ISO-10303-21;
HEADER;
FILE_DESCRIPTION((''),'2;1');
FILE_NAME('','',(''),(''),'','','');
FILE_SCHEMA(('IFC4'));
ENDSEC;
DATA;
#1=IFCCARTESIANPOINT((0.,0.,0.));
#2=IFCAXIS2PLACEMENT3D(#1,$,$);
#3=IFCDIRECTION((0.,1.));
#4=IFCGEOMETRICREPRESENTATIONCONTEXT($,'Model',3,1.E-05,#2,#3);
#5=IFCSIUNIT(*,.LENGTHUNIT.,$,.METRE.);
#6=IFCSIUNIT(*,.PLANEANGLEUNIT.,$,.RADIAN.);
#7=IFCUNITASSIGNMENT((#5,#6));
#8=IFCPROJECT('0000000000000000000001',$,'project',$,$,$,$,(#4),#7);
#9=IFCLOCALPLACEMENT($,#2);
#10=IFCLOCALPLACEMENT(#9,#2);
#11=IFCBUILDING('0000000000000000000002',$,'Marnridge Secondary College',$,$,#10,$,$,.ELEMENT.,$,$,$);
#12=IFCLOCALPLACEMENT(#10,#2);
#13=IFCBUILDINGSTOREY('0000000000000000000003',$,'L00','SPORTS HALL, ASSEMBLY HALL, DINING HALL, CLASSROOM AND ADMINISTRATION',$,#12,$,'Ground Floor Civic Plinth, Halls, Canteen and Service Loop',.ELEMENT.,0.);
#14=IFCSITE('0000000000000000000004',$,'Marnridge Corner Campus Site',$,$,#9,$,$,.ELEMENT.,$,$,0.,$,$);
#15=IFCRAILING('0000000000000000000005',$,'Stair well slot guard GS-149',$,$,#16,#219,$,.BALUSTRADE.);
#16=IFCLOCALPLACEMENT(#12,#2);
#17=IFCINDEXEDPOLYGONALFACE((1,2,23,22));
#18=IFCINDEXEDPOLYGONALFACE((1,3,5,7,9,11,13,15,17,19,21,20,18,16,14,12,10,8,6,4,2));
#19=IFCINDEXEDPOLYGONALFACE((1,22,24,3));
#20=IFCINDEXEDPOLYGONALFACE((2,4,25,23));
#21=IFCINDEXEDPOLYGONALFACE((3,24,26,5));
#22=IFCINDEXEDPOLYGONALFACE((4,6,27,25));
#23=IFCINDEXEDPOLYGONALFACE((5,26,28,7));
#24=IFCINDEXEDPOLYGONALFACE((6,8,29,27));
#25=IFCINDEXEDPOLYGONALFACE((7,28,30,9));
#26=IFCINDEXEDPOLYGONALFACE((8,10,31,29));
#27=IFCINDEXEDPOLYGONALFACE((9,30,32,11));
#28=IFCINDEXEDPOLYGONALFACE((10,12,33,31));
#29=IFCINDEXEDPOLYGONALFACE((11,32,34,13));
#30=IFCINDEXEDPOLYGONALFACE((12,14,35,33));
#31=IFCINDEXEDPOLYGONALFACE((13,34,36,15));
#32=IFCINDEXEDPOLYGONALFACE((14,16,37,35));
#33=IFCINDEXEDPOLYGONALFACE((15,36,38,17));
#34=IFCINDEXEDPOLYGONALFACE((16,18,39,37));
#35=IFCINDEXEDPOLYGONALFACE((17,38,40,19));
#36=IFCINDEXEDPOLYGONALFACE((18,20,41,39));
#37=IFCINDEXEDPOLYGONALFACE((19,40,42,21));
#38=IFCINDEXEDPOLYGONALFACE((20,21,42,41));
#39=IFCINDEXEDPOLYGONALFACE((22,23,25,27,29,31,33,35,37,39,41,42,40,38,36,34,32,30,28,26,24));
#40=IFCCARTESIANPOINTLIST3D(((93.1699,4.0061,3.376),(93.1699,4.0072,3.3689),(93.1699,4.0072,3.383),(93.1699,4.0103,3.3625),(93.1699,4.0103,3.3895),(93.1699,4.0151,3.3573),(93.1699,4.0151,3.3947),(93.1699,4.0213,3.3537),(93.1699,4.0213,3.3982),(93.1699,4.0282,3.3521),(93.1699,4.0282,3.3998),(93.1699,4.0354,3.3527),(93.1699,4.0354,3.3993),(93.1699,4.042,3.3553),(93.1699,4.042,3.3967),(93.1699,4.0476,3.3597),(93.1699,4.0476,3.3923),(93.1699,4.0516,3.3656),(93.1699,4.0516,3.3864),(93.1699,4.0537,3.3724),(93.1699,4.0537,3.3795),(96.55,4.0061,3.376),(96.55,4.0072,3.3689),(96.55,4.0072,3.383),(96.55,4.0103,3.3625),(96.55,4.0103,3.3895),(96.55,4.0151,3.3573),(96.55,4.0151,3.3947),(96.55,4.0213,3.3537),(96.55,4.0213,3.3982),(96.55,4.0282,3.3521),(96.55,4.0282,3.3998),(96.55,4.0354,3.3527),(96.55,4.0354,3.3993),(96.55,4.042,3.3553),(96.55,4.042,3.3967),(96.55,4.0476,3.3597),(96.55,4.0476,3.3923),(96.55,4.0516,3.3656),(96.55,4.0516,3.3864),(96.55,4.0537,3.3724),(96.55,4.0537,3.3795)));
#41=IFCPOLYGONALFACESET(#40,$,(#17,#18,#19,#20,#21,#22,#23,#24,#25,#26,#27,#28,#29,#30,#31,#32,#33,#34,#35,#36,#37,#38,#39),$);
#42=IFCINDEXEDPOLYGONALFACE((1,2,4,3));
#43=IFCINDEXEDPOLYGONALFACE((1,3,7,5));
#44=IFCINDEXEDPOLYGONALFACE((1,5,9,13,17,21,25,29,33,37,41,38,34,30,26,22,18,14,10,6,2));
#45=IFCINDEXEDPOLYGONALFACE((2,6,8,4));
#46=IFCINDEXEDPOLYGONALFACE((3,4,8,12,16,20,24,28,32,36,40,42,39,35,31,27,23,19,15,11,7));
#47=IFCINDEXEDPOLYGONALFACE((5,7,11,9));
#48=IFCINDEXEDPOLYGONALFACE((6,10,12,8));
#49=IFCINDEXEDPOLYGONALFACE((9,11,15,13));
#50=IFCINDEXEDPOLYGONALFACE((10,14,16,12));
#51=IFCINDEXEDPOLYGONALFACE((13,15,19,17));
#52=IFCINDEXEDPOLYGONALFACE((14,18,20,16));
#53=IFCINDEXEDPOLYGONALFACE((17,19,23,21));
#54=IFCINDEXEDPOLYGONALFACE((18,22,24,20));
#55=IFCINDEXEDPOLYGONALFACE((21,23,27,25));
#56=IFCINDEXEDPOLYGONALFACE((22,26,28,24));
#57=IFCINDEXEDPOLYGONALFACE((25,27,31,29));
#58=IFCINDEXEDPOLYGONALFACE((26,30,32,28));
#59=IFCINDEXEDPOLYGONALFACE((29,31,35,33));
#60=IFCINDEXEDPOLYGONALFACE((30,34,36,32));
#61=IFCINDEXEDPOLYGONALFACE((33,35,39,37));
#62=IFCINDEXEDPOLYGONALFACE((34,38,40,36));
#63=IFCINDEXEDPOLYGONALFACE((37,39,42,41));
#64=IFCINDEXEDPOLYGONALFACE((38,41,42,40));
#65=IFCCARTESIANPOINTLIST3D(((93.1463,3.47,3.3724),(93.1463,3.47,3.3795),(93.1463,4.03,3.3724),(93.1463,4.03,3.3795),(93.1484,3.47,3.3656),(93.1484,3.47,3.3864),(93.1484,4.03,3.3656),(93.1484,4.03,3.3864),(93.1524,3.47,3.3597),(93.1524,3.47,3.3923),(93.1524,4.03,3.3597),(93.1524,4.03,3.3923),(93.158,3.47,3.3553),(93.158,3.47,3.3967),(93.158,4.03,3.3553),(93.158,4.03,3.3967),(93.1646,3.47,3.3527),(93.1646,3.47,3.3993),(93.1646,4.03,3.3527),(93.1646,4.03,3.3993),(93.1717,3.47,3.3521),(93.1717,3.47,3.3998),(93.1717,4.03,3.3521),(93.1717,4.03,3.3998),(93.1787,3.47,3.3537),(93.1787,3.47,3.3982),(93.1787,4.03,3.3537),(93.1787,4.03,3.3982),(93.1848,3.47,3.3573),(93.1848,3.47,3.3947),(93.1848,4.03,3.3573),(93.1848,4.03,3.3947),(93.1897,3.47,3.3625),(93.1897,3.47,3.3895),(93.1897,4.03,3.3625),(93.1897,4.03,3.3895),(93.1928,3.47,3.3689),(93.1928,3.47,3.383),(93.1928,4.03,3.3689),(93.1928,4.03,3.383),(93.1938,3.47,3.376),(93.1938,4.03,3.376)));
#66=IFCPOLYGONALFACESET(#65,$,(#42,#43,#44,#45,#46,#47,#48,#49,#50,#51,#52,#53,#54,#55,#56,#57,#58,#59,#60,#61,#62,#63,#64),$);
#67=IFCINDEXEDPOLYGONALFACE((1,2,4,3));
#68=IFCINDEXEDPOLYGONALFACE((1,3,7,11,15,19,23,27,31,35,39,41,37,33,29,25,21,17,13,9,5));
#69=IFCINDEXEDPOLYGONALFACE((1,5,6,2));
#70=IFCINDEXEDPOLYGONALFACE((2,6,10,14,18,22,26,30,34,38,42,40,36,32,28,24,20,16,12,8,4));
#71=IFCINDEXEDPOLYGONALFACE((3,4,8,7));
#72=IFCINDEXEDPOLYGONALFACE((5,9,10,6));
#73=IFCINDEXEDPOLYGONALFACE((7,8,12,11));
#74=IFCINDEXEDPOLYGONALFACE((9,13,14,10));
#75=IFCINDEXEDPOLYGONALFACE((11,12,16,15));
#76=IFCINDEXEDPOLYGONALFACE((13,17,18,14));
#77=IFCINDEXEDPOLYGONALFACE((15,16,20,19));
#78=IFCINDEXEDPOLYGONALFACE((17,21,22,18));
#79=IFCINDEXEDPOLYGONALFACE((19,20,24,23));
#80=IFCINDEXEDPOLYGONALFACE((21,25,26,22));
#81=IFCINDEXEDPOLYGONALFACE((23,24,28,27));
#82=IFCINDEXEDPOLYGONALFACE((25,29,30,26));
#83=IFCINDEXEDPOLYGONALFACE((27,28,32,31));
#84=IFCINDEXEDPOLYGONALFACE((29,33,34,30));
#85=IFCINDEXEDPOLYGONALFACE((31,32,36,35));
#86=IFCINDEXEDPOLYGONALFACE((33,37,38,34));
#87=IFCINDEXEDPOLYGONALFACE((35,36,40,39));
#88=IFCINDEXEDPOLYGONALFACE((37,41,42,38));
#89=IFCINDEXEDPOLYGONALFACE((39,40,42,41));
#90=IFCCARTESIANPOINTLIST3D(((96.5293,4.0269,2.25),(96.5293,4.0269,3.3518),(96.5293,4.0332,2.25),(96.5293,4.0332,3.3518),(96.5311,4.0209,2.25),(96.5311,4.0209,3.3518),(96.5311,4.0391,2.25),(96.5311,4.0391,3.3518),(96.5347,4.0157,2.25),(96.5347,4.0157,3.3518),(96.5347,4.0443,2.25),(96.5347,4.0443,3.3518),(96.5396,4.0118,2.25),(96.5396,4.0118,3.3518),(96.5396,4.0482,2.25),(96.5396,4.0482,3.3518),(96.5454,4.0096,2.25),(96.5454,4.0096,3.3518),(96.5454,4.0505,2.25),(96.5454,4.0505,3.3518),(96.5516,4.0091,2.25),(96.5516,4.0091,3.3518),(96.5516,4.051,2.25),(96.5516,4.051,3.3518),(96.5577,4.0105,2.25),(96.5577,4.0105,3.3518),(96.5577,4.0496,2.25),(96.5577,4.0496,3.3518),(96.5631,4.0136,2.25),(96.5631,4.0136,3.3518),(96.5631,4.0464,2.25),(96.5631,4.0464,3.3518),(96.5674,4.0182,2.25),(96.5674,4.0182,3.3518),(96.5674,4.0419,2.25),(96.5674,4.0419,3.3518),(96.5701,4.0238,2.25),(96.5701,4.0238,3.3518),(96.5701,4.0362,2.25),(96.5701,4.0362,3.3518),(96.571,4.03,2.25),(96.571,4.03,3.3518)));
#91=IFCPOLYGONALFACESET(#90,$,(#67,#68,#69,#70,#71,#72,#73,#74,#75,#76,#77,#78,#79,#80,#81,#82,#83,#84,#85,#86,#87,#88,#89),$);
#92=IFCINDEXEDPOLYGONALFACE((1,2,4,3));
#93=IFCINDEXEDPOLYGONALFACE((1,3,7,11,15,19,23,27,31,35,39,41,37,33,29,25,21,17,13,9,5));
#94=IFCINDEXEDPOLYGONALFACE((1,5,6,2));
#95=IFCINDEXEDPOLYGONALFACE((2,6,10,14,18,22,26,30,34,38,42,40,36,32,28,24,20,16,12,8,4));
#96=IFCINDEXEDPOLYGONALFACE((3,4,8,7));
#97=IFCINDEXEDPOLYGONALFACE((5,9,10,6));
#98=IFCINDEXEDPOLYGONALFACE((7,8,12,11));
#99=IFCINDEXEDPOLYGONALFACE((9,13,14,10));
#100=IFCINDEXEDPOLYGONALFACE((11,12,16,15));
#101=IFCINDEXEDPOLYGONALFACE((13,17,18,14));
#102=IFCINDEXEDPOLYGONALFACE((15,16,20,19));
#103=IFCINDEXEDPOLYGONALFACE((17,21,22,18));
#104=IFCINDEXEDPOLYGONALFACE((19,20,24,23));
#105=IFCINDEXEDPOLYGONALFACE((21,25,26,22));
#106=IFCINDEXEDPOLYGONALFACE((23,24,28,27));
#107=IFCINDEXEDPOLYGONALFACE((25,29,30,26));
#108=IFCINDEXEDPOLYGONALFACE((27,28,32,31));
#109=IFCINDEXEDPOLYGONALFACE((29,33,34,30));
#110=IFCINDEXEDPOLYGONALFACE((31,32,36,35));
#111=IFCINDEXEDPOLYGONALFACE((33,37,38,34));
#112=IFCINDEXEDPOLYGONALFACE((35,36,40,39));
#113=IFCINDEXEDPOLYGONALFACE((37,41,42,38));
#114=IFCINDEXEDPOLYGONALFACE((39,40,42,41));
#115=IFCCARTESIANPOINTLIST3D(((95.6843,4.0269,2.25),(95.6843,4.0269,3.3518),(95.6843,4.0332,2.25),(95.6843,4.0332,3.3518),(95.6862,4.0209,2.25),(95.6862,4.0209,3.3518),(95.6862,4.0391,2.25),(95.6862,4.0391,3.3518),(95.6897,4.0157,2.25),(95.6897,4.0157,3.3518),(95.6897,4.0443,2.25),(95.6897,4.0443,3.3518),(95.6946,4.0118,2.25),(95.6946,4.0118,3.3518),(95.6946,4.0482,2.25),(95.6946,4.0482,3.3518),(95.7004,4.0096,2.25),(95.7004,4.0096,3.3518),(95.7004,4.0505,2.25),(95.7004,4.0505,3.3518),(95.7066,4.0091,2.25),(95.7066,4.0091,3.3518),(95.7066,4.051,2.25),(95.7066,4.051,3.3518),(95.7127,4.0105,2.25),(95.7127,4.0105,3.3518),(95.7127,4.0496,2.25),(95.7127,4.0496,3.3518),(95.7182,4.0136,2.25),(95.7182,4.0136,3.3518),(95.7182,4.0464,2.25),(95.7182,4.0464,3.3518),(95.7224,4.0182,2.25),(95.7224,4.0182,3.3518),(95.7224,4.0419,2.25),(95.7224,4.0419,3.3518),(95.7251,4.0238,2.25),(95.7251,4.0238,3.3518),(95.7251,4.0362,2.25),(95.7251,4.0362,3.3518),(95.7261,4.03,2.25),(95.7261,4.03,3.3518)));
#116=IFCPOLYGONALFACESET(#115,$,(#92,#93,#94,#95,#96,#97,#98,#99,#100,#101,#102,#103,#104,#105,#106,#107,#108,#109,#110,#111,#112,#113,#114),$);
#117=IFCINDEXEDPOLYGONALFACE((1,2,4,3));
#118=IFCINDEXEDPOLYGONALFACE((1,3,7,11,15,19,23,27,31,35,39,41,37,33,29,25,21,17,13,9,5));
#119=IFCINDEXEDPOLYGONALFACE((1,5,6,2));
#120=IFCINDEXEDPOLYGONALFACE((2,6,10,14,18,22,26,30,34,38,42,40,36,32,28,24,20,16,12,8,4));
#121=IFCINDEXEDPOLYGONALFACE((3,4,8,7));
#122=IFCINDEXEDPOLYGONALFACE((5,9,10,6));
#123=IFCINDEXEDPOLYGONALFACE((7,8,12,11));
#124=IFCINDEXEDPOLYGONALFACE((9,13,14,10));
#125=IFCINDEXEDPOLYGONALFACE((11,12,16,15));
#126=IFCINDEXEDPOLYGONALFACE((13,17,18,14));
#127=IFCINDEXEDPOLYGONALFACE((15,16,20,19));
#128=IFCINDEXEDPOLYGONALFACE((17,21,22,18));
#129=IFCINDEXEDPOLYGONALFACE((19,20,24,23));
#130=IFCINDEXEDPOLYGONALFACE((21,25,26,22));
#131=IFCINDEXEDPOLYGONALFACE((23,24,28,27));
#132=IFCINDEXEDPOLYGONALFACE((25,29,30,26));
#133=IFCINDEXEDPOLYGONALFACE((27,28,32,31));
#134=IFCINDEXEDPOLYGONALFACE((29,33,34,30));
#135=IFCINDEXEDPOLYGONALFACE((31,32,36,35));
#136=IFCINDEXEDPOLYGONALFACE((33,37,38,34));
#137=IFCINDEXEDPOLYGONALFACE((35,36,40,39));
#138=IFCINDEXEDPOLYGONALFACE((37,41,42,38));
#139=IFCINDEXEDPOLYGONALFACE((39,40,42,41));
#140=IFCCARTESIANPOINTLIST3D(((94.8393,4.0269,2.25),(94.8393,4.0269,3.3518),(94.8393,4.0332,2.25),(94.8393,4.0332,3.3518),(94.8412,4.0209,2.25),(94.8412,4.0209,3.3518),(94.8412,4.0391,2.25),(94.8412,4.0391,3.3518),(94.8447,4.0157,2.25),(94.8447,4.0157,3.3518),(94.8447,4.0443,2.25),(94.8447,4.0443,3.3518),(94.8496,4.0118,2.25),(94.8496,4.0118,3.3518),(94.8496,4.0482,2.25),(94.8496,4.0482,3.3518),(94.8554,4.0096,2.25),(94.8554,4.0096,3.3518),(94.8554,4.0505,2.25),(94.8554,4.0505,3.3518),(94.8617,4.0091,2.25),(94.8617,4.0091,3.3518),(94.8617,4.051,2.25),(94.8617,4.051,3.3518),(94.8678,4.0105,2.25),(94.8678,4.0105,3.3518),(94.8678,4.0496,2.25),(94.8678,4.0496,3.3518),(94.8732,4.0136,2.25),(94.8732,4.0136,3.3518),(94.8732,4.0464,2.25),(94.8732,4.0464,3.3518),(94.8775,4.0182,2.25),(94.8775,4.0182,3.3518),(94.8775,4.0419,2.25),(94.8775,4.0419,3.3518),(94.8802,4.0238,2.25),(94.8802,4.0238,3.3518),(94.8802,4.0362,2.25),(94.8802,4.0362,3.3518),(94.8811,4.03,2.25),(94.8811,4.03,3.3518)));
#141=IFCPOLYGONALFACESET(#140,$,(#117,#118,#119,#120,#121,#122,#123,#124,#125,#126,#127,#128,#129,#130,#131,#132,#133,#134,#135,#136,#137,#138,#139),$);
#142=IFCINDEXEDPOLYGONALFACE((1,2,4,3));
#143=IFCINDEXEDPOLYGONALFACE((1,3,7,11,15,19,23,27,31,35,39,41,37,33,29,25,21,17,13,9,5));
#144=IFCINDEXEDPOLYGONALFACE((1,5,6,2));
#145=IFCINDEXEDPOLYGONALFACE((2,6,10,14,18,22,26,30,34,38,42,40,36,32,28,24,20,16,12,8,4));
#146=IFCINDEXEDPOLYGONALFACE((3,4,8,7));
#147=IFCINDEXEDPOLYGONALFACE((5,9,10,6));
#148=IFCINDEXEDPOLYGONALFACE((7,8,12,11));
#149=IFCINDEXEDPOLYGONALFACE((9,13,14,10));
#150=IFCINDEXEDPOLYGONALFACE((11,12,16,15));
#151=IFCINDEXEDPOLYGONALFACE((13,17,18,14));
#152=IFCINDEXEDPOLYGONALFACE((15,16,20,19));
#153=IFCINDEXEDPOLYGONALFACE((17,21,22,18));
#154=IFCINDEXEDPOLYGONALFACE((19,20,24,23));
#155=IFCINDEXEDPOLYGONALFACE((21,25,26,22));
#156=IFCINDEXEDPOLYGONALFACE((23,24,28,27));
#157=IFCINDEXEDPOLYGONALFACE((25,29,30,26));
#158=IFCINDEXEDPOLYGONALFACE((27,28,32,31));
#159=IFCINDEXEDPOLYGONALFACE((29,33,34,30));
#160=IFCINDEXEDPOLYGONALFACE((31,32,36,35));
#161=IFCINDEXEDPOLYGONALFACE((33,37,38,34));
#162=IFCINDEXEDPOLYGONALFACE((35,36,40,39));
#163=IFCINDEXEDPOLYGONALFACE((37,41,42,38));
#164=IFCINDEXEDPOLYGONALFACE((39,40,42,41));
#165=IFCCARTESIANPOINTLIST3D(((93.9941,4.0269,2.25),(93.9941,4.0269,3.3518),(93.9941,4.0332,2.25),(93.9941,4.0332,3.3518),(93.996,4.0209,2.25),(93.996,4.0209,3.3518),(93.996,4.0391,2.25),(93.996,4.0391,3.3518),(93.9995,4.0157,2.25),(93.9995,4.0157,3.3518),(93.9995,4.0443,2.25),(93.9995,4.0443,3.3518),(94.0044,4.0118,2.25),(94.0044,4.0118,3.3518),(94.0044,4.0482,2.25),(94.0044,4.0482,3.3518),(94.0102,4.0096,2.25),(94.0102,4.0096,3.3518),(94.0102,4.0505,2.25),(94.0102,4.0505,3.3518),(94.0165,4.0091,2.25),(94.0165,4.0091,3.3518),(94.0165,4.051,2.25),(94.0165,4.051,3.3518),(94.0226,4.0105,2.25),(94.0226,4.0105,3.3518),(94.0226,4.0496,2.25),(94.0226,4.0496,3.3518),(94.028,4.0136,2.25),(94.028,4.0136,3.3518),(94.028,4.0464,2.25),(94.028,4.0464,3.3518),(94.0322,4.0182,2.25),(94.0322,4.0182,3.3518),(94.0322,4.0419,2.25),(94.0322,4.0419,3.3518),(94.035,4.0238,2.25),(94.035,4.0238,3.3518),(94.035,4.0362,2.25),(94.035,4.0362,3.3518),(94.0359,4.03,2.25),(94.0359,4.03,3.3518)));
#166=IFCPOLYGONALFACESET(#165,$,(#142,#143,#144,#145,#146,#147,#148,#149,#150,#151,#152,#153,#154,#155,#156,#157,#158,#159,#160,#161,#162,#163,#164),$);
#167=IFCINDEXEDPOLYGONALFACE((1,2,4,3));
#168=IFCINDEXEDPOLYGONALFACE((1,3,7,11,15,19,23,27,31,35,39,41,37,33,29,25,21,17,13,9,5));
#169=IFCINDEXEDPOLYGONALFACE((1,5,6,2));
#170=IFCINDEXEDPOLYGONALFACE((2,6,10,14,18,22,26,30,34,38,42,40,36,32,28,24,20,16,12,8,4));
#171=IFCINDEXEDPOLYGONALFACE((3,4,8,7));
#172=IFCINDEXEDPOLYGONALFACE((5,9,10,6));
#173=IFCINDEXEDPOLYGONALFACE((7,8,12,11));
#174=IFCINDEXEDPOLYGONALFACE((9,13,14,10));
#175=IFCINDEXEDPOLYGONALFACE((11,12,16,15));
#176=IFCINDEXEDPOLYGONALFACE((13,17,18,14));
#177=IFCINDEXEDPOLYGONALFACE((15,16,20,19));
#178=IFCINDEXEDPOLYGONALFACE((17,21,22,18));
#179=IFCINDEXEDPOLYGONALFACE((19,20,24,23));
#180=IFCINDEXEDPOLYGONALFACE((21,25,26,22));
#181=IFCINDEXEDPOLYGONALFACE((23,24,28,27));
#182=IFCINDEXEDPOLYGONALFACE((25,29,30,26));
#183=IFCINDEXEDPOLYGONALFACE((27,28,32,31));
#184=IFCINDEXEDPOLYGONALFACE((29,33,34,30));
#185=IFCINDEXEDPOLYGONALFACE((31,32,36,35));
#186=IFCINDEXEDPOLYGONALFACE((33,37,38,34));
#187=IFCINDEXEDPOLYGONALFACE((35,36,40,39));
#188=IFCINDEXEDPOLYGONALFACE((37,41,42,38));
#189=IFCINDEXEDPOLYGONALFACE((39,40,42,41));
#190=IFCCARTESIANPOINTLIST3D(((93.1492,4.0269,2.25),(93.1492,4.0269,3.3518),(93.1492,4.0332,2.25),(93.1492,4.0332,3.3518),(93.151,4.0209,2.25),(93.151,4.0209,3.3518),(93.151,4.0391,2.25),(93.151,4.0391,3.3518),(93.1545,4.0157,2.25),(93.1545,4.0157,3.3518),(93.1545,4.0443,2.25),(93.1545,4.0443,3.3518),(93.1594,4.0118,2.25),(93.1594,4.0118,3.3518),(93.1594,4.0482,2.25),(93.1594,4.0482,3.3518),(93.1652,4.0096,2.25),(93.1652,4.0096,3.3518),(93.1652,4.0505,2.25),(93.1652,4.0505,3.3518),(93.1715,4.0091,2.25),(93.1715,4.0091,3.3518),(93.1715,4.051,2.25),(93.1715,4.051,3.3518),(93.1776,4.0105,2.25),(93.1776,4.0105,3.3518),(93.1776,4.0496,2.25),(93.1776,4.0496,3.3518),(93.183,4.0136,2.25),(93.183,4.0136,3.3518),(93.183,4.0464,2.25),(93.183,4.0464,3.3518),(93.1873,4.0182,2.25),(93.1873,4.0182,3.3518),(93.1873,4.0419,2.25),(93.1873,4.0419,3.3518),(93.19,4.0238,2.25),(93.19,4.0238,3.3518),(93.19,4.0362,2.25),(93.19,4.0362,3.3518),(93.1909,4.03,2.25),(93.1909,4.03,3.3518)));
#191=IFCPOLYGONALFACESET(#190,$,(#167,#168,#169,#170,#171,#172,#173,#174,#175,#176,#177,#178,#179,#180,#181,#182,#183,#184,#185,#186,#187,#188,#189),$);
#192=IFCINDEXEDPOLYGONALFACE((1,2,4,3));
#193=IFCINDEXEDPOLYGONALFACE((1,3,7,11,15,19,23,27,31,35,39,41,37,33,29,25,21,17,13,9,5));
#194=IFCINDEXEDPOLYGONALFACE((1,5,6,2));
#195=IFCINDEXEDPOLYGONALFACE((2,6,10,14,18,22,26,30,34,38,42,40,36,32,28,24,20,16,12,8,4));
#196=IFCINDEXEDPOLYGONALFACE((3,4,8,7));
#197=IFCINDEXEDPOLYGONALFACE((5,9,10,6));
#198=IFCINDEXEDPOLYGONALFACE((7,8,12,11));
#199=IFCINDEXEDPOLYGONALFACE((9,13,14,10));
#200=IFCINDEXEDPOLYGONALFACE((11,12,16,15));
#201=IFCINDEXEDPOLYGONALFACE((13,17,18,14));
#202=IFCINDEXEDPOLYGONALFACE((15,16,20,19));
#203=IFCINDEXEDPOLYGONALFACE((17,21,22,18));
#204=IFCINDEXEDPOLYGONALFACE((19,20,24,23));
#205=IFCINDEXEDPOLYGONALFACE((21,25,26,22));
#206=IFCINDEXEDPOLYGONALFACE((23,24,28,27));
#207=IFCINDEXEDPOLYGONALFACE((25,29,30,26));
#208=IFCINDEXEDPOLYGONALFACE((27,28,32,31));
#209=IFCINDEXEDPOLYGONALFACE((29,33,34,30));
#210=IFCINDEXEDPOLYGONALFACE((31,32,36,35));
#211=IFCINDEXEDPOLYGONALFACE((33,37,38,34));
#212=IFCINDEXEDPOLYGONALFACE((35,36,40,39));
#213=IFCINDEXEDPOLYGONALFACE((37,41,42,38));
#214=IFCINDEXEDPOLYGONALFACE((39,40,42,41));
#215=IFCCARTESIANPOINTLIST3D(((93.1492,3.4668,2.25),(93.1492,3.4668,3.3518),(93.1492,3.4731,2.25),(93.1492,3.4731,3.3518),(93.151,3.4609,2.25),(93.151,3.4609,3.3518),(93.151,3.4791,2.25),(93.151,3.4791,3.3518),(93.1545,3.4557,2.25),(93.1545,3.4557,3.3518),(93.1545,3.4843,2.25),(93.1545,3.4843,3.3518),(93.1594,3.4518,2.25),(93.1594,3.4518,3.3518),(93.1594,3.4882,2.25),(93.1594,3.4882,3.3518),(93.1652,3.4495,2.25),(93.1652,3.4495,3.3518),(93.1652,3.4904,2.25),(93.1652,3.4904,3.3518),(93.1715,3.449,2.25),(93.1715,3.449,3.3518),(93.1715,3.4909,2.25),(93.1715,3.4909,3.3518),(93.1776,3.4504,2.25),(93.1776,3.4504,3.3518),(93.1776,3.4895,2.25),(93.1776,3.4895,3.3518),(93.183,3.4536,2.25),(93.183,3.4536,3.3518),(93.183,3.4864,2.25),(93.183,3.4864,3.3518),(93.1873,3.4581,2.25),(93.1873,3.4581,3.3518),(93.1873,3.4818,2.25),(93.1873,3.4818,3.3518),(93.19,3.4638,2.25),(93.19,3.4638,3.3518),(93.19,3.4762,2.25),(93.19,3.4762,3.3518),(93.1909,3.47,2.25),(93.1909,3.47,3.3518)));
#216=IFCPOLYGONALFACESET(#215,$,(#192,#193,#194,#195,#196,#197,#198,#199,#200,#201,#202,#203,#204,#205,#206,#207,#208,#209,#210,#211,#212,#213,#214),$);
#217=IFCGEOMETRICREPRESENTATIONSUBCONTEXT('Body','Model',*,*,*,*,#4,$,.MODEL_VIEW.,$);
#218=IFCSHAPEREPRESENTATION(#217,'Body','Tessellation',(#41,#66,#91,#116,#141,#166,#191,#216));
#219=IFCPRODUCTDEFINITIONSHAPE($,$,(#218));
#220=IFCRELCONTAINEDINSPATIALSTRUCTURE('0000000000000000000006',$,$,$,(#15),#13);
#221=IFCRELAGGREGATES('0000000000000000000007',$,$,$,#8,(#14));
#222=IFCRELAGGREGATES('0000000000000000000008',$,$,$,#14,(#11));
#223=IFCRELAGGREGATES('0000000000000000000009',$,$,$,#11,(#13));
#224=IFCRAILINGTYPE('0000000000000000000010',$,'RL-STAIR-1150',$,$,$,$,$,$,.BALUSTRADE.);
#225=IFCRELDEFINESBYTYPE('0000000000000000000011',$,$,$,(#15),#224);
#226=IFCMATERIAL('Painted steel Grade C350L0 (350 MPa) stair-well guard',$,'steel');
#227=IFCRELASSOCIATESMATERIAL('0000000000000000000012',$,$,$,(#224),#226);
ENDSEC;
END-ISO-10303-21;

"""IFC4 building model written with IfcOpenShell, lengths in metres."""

from ifc_helpers import new_model, si_unit, direction, frame, origin, origin_2d, place, context, subcontext, project, spatial, circle, extrude, material, type_object, element, save


model = new_model("IFC4")

# Units and contexts
model_context = context("Model", 3, precision=1e-05, world=origin(), true_north=direction((0.0, 1.0)))
body_context = subcontext(model_context, "Body", "Model", "MODEL_VIEW")
ifc_project = project(units=[si_unit("LENGTHUNIT", "METRE"), si_unit("PLANEANGLEUNIT", "RADIAN")], contexts=[model_context])

# Site, building, storey
site_placement = place(None, origin())
site = spatial("IfcSite", under=ifc_project, at=site_placement, Name="Marnridge Corner Campus Site", CompositionType="ELEMENT", RefElevation=0.0)
building_placement = place(site_placement, origin())
building = spatial("IfcBuilding", under=site, at=building_placement, Name="Marnridge Secondary College", CompositionType="ELEMENT")
storey_placement = place(building_placement, origin())
storey = spatial("IfcBuildingStorey", under=building, at=storey_placement, Name="L00", Description="SPORTS HALL, ASSEMBLY HALL, DINING HALL, CLASSROOM AND ADMINISTRATION", LongName="Ground Floor Civic Plinth, Halls, Canteen and Service Loop", CompositionType="ELEMENT", Elevation=0.0)

# Railing
ifc_material_1 = material(Name="Painted steel Grade C350L0 (350 MPa) stair-well guard", Category="steel")
railing_type_1 = type_object("IfcRailingType", Name="RL-STAIR-1150", PredefinedType="BALUSTRADE", material=ifc_material_1)
railing_1_placement = place(storey_placement, frame((96.55, 4.03, 2.25)))
element("IfcRailing", 1, at=railing_1_placement, inside=storey, type_object=railing_type_1, Name="Stair well slot guard GS-149", PredefinedType="BALUSTRADE", context=body_context, shape_type="SweptSolid", body=[
    extrude(circle(Radius=0.0239, at=origin_2d()), frame((0.0, 0.0, 1.126), z_axis=(-1.0, 0.0, 0.0), x_axis=(0.0, -1.0, 0.0)), (0.0, 0.0, 1.0), 3.3801),
    extrude(circle(Radius=0.0239, at=origin_2d()), frame((-3.3801, 0.0, 1.126), z_axis=(0.0, -1.0, 0.0), x_axis=(1.0, 0.0, 0.0)), (0.0, 0.0, 1.0), 0.5601),
    extrude(circle(Radius=0.021, at=origin_2d()), origin(), (0.0, 0.0, 1.0), 1.1018),
    extrude(circle(Radius=0.021, at=origin_2d()), frame((-0.845, 0.0, 0.0)), (0.0, 0.0, 1.0), 1.1018),
    extrude(circle(Radius=0.021, at=origin_2d()), frame((-1.6899, 0.0, 0.0)), (0.0, 0.0, 1.0), 1.1018),
    extrude(circle(Radius=0.021, at=origin_2d()), frame((-2.5352, 0.0, 0.0)), (0.0, 0.0, 1.0), 1.1018),
    extrude(circle(Radius=0.021, at=origin_2d()), frame((-3.3801, 0.0, 0.0)), (0.0, 0.0, 1.0), 1.1018),
    extrude(circle(Radius=0.021, at=origin_2d()), frame((-3.3801, -0.5601, 0.0)), (0.0, 0.0, 1.0), 1.1018),
])

save(model, "model.ifc")
